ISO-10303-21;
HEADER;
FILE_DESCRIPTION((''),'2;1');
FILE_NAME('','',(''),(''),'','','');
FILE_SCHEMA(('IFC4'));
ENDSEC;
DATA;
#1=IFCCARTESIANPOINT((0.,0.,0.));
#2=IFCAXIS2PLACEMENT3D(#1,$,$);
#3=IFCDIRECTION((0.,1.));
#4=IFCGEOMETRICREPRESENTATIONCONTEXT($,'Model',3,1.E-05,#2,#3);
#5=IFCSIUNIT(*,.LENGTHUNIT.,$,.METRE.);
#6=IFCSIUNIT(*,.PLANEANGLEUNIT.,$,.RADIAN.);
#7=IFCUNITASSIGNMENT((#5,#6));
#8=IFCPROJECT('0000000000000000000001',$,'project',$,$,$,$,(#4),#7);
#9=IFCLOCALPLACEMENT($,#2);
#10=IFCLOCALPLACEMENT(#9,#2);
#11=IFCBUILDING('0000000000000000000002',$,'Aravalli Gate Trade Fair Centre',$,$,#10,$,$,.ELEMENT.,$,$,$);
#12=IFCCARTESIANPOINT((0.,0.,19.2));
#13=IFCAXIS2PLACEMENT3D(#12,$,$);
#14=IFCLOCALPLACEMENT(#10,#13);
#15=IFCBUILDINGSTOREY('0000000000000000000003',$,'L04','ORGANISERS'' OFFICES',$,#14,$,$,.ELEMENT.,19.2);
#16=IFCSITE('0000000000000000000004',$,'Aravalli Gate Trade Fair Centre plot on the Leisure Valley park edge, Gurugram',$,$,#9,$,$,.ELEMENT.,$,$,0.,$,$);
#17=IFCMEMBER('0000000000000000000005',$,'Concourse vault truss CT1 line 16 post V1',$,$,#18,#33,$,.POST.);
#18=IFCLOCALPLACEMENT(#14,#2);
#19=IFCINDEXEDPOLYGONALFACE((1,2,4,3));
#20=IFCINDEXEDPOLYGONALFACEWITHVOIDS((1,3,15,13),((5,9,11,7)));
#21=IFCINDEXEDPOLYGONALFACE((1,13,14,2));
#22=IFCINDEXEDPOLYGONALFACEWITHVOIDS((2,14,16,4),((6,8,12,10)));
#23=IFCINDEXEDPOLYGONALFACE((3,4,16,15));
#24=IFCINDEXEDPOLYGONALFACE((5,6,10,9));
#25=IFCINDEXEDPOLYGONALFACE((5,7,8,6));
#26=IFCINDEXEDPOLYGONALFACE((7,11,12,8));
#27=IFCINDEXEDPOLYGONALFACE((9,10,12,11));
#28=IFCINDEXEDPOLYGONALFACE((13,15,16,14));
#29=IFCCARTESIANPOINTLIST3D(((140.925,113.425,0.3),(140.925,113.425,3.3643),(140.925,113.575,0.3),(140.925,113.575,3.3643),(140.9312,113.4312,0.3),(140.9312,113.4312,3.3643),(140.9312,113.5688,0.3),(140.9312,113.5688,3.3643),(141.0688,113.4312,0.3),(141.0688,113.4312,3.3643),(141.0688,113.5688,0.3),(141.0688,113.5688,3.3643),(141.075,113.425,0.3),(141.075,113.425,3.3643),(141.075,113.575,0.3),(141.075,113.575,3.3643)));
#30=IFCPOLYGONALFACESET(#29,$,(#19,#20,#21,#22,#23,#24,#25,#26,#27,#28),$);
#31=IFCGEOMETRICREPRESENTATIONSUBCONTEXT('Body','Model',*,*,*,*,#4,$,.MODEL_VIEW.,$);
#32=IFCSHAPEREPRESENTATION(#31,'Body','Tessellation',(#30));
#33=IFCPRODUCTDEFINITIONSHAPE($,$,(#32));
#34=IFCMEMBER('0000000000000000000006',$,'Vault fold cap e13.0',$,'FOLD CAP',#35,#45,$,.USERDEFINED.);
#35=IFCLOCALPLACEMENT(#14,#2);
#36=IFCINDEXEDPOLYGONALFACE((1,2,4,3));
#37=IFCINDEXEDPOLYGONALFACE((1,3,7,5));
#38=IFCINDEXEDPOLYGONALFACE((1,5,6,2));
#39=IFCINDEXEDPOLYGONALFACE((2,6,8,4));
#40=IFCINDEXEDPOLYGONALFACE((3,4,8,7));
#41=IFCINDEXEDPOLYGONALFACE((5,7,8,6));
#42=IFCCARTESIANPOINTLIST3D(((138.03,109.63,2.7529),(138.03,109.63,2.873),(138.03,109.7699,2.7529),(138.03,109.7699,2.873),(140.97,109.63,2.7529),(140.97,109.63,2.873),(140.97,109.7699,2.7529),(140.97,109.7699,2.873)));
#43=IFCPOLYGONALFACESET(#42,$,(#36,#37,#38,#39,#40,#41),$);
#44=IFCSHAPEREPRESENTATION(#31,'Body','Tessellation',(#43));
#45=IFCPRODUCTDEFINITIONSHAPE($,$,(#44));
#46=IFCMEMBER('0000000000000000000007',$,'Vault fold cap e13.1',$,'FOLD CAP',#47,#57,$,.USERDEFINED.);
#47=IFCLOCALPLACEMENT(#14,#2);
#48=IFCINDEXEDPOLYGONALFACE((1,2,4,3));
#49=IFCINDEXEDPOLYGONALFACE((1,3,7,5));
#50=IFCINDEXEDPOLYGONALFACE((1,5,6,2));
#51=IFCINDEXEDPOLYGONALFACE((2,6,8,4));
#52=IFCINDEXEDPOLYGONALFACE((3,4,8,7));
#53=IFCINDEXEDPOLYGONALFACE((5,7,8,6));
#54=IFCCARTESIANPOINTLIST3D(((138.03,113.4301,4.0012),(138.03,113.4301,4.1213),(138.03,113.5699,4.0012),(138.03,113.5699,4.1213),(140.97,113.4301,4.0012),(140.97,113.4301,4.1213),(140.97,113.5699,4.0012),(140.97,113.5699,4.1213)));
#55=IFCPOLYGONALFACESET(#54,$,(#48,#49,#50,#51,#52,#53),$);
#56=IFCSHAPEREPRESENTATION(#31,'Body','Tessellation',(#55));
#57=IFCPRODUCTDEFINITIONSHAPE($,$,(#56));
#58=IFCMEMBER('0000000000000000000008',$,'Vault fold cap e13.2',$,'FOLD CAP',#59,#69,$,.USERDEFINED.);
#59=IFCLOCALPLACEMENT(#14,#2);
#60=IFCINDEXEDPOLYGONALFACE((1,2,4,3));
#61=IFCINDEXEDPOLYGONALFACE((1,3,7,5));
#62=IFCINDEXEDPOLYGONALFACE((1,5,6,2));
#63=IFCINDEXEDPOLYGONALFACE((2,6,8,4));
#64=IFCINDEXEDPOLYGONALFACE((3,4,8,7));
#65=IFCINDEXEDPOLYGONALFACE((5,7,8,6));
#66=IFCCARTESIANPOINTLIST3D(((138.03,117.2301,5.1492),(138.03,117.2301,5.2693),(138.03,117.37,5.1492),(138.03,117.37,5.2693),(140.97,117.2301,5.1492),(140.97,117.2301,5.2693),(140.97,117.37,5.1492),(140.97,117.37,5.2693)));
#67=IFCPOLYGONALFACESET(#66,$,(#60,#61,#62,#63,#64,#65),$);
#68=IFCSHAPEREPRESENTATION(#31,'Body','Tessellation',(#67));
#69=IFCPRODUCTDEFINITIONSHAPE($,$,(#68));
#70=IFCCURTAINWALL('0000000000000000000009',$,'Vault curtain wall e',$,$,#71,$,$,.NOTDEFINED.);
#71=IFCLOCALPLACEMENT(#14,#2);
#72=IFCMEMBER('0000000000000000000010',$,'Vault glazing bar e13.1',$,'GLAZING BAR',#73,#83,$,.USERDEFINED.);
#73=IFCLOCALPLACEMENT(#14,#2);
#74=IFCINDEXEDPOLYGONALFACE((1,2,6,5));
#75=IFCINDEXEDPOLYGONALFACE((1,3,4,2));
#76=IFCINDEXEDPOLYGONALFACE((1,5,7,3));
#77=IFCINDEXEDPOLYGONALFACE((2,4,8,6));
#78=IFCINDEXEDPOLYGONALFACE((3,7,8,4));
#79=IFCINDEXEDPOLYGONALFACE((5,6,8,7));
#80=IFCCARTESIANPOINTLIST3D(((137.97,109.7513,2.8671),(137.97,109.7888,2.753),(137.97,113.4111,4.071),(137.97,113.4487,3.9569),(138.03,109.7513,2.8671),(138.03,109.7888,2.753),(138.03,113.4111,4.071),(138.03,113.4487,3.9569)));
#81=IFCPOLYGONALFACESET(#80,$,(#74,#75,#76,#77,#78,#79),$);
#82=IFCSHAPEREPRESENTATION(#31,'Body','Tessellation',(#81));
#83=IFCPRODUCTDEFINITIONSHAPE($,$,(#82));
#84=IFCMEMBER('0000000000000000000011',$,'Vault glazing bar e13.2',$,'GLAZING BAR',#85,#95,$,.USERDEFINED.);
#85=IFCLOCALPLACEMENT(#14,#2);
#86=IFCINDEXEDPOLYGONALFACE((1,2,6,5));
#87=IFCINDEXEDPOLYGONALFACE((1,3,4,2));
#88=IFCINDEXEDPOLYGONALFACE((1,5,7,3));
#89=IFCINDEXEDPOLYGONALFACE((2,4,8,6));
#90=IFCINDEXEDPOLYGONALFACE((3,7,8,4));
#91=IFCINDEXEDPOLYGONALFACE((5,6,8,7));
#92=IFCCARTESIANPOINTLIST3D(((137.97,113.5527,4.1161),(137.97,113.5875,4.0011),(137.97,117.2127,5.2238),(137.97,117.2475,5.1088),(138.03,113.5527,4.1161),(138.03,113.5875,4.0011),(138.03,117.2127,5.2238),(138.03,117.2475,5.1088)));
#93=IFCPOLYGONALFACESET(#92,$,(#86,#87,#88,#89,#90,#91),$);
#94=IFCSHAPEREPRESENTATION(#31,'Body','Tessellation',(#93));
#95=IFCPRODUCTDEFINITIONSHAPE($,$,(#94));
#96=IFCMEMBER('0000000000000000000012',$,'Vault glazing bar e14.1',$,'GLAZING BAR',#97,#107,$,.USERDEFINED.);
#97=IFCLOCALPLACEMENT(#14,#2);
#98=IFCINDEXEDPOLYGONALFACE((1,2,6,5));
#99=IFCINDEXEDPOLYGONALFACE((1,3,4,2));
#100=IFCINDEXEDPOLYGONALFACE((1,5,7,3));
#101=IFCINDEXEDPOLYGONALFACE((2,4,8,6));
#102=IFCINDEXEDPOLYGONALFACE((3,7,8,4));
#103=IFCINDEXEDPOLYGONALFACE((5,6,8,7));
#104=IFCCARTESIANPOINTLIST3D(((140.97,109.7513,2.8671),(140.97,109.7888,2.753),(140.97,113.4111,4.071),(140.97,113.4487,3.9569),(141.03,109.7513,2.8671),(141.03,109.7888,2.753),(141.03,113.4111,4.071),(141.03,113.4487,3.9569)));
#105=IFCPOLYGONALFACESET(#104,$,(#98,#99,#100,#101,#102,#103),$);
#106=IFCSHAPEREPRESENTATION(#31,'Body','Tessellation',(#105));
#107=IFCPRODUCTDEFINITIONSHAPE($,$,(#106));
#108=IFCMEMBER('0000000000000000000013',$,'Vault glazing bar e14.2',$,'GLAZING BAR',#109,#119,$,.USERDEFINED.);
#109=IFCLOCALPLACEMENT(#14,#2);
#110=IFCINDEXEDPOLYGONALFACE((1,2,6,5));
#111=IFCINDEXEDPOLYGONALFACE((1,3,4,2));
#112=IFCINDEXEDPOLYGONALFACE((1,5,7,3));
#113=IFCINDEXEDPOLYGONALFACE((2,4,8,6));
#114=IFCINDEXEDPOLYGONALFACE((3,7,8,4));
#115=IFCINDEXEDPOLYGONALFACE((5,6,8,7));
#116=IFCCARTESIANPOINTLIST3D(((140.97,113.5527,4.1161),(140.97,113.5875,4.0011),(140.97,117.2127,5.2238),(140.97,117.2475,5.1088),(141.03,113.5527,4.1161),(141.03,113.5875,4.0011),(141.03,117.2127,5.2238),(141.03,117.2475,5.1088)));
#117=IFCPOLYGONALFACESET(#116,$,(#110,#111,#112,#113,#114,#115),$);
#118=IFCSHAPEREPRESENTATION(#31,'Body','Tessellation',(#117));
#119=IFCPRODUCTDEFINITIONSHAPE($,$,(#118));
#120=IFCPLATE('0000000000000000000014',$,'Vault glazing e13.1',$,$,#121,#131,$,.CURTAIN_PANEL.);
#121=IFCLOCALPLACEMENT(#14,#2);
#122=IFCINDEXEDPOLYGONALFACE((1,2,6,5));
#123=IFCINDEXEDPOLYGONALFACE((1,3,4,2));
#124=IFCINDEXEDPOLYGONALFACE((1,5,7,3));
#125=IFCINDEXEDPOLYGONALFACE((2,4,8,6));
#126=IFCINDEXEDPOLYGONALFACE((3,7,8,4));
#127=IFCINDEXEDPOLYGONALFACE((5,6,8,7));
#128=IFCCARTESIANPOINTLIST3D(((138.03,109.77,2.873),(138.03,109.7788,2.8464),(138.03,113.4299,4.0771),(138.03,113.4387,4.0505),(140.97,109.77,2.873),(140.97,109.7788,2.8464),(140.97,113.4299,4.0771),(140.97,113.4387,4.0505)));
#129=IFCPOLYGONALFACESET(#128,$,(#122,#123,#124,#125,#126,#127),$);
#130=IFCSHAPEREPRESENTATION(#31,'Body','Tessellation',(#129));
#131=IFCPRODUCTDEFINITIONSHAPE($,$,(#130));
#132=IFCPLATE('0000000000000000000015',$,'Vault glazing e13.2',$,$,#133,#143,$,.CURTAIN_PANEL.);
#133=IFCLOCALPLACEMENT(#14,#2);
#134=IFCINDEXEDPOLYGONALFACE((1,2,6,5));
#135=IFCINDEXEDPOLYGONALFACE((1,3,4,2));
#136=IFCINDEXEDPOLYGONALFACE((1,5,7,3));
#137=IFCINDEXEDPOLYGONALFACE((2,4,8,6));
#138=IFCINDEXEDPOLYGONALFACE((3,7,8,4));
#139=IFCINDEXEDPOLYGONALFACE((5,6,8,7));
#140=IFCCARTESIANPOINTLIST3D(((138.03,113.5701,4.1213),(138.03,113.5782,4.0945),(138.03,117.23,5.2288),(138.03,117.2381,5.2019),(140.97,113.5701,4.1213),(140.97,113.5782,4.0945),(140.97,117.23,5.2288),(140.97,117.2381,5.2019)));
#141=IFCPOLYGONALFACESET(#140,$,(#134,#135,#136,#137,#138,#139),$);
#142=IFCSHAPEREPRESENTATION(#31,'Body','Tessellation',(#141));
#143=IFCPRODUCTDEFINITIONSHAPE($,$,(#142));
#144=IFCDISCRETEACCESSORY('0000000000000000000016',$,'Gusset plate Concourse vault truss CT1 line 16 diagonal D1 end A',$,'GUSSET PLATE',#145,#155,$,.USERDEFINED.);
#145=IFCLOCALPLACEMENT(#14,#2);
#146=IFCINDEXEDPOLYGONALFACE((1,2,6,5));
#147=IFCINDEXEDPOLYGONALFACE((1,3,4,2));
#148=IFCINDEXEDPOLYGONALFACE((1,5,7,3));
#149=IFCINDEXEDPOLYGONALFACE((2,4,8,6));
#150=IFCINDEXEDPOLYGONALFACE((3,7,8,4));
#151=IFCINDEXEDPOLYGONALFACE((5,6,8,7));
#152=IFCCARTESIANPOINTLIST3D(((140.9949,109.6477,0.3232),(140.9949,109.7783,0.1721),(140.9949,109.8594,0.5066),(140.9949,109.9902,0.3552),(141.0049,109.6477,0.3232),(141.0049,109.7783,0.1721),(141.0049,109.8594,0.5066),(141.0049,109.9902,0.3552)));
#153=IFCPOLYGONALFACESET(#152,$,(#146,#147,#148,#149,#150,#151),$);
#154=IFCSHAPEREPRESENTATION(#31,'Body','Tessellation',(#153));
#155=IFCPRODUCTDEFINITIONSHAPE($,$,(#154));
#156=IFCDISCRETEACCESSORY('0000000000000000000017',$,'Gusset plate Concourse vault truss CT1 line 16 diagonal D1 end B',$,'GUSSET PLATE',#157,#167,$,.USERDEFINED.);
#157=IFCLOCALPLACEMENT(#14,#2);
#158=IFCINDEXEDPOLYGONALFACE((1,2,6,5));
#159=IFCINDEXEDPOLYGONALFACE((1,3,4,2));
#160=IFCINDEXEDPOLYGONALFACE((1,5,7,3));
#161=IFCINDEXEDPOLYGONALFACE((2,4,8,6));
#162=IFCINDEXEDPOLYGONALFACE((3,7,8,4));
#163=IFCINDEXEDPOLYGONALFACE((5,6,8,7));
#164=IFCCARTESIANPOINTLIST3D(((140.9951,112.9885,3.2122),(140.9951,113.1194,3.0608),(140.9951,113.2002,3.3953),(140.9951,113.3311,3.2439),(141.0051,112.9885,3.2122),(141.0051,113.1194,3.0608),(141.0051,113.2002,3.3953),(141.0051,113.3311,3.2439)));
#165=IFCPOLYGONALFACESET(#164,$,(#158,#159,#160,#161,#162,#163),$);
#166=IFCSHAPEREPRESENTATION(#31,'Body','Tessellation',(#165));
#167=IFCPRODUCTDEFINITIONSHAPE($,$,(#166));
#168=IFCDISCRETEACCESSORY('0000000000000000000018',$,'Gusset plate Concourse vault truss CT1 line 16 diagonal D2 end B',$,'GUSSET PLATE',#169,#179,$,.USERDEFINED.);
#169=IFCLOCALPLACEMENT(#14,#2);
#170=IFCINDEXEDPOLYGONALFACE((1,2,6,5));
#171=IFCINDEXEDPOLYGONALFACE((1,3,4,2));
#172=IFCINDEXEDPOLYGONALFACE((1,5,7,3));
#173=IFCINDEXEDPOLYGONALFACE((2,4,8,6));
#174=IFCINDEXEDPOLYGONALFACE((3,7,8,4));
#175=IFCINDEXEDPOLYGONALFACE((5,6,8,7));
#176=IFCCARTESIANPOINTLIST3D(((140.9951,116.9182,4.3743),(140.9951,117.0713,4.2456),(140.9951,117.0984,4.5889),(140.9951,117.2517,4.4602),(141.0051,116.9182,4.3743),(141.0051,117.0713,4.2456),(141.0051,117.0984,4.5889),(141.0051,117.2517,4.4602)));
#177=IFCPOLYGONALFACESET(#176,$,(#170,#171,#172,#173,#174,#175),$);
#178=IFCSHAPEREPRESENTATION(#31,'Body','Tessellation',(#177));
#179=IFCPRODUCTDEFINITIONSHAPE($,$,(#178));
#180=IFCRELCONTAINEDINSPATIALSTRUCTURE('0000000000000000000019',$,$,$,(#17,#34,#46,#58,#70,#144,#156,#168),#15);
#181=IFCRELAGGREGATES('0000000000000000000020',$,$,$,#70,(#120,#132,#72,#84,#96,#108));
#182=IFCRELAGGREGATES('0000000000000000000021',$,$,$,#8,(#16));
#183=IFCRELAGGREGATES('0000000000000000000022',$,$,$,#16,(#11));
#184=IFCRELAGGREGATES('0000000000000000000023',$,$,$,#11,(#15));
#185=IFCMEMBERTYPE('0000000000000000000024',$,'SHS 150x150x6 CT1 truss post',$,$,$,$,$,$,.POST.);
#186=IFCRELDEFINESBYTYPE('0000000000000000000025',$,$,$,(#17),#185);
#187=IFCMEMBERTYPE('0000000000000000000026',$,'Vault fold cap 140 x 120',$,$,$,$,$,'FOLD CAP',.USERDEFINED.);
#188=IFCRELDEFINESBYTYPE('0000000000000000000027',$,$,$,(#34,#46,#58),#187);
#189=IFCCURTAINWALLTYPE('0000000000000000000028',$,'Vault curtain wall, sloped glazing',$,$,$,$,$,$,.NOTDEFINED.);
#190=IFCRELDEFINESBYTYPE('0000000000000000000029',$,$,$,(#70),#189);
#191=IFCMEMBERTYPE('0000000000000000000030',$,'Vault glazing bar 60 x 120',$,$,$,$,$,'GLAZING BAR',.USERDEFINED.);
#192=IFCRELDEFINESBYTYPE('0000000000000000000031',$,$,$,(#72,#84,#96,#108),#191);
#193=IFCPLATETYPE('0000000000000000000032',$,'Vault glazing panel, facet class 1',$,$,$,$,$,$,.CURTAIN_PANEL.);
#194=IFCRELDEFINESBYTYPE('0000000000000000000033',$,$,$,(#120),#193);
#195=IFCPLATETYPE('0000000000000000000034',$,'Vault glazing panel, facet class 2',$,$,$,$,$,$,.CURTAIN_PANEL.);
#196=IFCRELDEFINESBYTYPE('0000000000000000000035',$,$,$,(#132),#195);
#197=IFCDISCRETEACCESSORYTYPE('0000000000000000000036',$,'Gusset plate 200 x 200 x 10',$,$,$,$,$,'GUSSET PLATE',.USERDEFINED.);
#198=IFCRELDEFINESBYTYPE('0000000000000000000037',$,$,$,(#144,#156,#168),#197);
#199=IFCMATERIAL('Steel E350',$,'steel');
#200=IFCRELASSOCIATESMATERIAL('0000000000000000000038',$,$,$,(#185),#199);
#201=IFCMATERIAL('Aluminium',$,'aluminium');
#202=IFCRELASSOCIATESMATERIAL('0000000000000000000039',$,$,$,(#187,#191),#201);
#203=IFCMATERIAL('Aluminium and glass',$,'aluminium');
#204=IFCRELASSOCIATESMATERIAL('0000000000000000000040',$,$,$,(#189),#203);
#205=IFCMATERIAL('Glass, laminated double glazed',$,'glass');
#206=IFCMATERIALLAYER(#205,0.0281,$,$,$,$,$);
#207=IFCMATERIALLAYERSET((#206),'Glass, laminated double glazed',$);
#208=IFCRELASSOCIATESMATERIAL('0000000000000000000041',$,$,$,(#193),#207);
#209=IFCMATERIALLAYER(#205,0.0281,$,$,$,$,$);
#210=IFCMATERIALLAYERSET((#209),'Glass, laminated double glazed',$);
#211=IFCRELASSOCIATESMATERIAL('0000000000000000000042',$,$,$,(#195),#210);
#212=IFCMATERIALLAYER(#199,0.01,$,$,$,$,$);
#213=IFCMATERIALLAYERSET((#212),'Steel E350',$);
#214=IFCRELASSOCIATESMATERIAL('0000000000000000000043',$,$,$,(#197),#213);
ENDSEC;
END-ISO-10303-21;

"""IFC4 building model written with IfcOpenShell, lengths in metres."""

from ifc_helpers import new_model, si_unit, direction, frame, origin, origin_2d, place, context, subcontext, project, spatial, polyline, rectangle, hollow_rectangle, outline, extrude, material, layer, layer_set, material_profile, profile_set, type_object, element, aggregate, save


model = new_model("IFC4")

# Units and contexts
model_context = context("Model", 3, precision=1e-05, world=origin(), true_north=direction((0.0, 1.0)))
body_context = subcontext(model_context, "Body", "Model", "MODEL_VIEW")
ifc_project = project(units=[si_unit("LENGTHUNIT", "METRE"), si_unit("PLANEANGLEUNIT", "RADIAN")], contexts=[model_context])

# Site, building, storey
site_placement = place(None, origin())
site = spatial("IfcSite", under=ifc_project, at=site_placement, Name="Aravalli Gate Trade Fair Centre plot on the Leisure Valley park edge, Gurugram", CompositionType="ELEMENT", RefElevation=0.0)
building_placement = place(site_placement, origin())
building = spatial("IfcBuilding", under=site, at=building_placement, Name="Aravalli Gate Trade Fair Centre", CompositionType="ELEMENT")
storey_placement = place(building_placement, frame((0.0, 0.0, 19.2)))
storey = spatial("IfcBuildingStorey", under=building, at=storey_placement, Name="L04", Description="ORGANISERS' OFFICES", CompositionType="ELEMENT", Elevation=19.2)

# Members
ifc_material_1 = material(Name="Steel E350", Category="steel")
ifc_material_profile_1 = material_profile(ifc_material_1, hollow_rectangle(XDim=0.1499, YDim=0.1499, WallThickness=0.0061, at=origin_2d()), Name="SHS 150x150x6")
ifc_profile_set_1 = profile_set([ifc_material_profile_1], Name="Steel E350")
member_type_1 = type_object("IfcMemberType", Name="SHS 150x150x6 CT1 truss post", PredefinedType="POST", material=ifc_profile_set_1)
member_1_placement = place(storey_placement, frame((141.0, 113.5, 0.3), z_axis=(0.0, 0.0, 1.0), x_axis=(1.0, 0.0, 0.0)))
element("IfcMember", 1, at=member_1_placement, inside=storey, type_object=member_type_1, Name="Concourse vault truss CT1 line 16 post V1", PredefinedType="POST", context=body_context, shape_type="SweptSolid", body=[
    extrude(hollow_rectangle(XDim=0.1499, YDim=0.1499, WallThickness=0.0061, at=origin_2d()), origin(), (0.0, 0.0, 1.0), 3.0642),
])
ifc_material_2 = material(Name="Aluminium", Category="aluminium")
ifc_material_profile_2 = material_profile(ifc_material_2, rectangle(XDim=0.1399, YDim=0.1201, at=origin_2d()), Name="Vault fold cap 140 x 120")
ifc_profile_set_2 = profile_set([ifc_material_profile_2], Name="Aluminium")
member_type_2 = type_object("IfcMemberType", Name="Vault fold cap 140 x 120", ElementType="FOLD CAP", PredefinedType="USERDEFINED", material=ifc_profile_set_2)
for number, where, z_axis, x_axis, name in (
    (2, (138.03, 109.7, 2.813), (1.0, 0.0, 0.0), (0.0, 1.0, 0.0), "Vault fold cap e13.0"),
    (3, (138.03, 113.5, 4.0613), (1.0, 0.0, 0.0), (0.0, 1.0, 0.0), "Vault fold cap e13.1"),
    (4, (138.03, 117.3, 5.2092), (1.0, 0.0, 0.0), (0.0, 1.0, 0.0), "Vault fold cap e13.2"),
):
    element("IfcMember", number, at=place(storey_placement, frame(where, z_axis=z_axis, x_axis=x_axis)), inside=storey, type_object=member_type_2, Name=name, ObjectType="FOLD CAP", PredefinedType="USERDEFINED", context=body_context, shape_type="SweptSolid", body=[
        extrude(rectangle(XDim=0.1399, YDim=0.1201, at=origin_2d()), origin(), (0.0, 0.0, 1.0), 2.9399),
    ])

# Curtain wall, members, plates
ifc_material_3 = material(Name="Aluminium and glass", Category="aluminium")
curtain_wall_type = type_object("IfcCurtainWallType", Name="Vault curtain wall, sloped glazing", PredefinedType="NOTDEFINED", material=ifc_material_3)
curtain_wall_placement = place(storey_placement, origin())
curtain_wall = element("IfcCurtainWall", 5, at=curtain_wall_placement, inside=storey, type_object=curtain_wall_type, Name="Vault curtain wall e", PredefinedType="NOTDEFINED")
ifc_material_profile_3 = material_profile(ifc_material_2, rectangle(XDim=0.0601, YDim=0.1201, at=origin_2d()), Name="Vault glazing bar 60 x 120")
ifc_profile_set_3 = profile_set([ifc_material_profile_3], Name="Aluminium")
member_type_3 = type_object("IfcMemberType", Name="Vault glazing bar 60 x 120", ElementType="GLAZING BAR", PredefinedType="USERDEFINED", material=ifc_profile_set_3)
member_2_placement = place(storey_placement, frame((138.0, 109.77, 2.8101), z_axis=(0.0, 0.94993, 0.312461), x_axis=(-1.0, 0.0, 0.0)))
member_2 = element("IfcMember", 6, at=member_2_placement, type_object=member_type_3, Name="Vault glazing bar e13.1", ObjectType="GLAZING BAR", PredefinedType="USERDEFINED", context=body_context, shape_type="SweptSolid", body=[
    extrude(rectangle(XDim=0.0601, YDim=0.1201, at=origin_2d()), origin(), (0.0, 0.0, 1.0), 3.8528),
])
member_3_placement = place(storey_placement, frame((138.0, 113.5701, 4.0586), z_axis=(0.0, 0.957126, 0.289672), x_axis=(-1.0, 0.0, 0.0)))
member_3 = element("IfcMember", 7, at=member_3_placement, type_object=member_type_3, Name="Vault glazing bar e13.2", ObjectType="GLAZING BAR", PredefinedType="USERDEFINED", context=body_context, shape_type="SweptSolid", body=[
    extrude(rectangle(XDim=0.0601, YDim=0.1201, at=origin_2d()), origin(), (0.0, 0.0, 1.0), 3.824),
])
member_4_placement = place(storey_placement, frame((141.0, 109.77, 2.8101), z_axis=(0.0, 0.94993, 0.312461), x_axis=(-1.0, 0.0, 0.0)))
member_4 = element("IfcMember", 8, at=member_4_placement, type_object=member_type_3, Name="Vault glazing bar e14.1", ObjectType="GLAZING BAR", PredefinedType="USERDEFINED", context=body_context, shape_type="SweptSolid", body=[
    extrude(rectangle(XDim=0.0601, YDim=0.1201, at=origin_2d()), origin(), (0.0, 0.0, 1.0), 3.8528),
])
member_5_placement = place(storey_placement, frame((141.0, 113.5701, 4.0586), z_axis=(0.0, 0.957126, 0.289672), x_axis=(-1.0, 0.0, 0.0)))
member_5 = element("IfcMember", 9, at=member_5_placement, type_object=member_type_3, Name="Vault glazing bar e14.2", ObjectType="GLAZING BAR", PredefinedType="USERDEFINED", context=body_context, shape_type="SweptSolid", body=[
    extrude(rectangle(XDim=0.0601, YDim=0.1201, at=origin_2d()), origin(), (0.0, 0.0, 1.0), 3.824),
])
ifc_material_4 = material(Name="Glass, laminated double glazed", Category="glass")
ifc_layer_1 = layer(ifc_material_4, 0.0281)
ifc_layer_set_1 = layer_set([ifc_layer_1], Name="Glass, laminated double glazed")
plate_type_1 = type_object("IfcPlateType", Name="Vault glazing panel, facet class 1", PredefinedType="CURTAIN_PANEL", material=ifc_layer_set_1)
plate_1_placement = place(storey_placement, frame((138.03, 109.77, 2.873), z_axis=(0.0, -0.312518, 0.949912), x_axis=(1.0, 0.0, 0.0)))
plate_1 = element("IfcPlate", 10, at=plate_1_placement, type_object=plate_type_1, Name="Vault glazing e13.1", PredefinedType="CURTAIN_PANEL", context=body_context, shape_type="SweptSolid", body=[
    extrude(outline(polyline([(0.0, 0.0), (2.9399, 0.0), (2.9399, 3.8529), (0.0, 3.8529), (0.0, 0.0)])), origin(), (0.0, 0.0, -1.0), 0.0281),
])
ifc_layer_2 = layer(ifc_material_4, 0.0281)
ifc_layer_set_2 = layer_set([ifc_layer_2], Name="Glass, laminated double glazed")
plate_type_2 = type_object("IfcPlateType", Name="Vault glazing panel, facet class 2", PredefinedType="CURTAIN_PANEL", material=ifc_layer_set_2)
plate_2_placement = place(storey_placement, frame((138.03, 113.5701, 4.1213), z_axis=(0.0, -0.289614, 0.957144), x_axis=(1.0, 0.0, 0.0)))
plate_2 = element("IfcPlate", 11, at=plate_2_placement, type_object=plate_type_2, Name="Vault glazing e13.2", PredefinedType="CURTAIN_PANEL", context=body_context, shape_type="SweptSolid", body=[
    extrude(outline(polyline([(0.0, 0.0), (2.9399, 0.0), (2.9399, 3.8238), (0.0, 3.8238), (0.0, 0.0)])), origin(), (0.0, 0.0, -1.0), 0.0281),
])
aggregate(curtain_wall, [plate_1, plate_2, member_2, member_3, member_4, member_5])

# Discrete accessories
ifc_layer_3 = layer(ifc_material_1, 0.01)
ifc_layer_set_3 = layer_set([ifc_layer_3], Name="Steel E350")
discrete_accessory_type = type_object("IfcDiscreteAccessoryType", Name="Gusset plate 200 x 200 x 10", ElementType="GUSSET PLATE", PredefinedType="USERDEFINED", material=ifc_layer_set_3)
discrete_accessory_1_placement = place(storey_placement, frame((141.0049, 109.8594, 0.5066), z_axis=(1.0, 0.0, 0.0), x_axis=(0.0, -0.755862, -0.654731)))
element("IfcDiscreteAccessory", 12, at=discrete_accessory_1_placement, inside=storey, type_object=discrete_accessory_type, Name="Gusset plate Concourse vault truss CT1 line 16 diagonal D1 end A", ObjectType="GUSSET PLATE", PredefinedType="USERDEFINED", context=body_context, shape_type="SweptSolid", body=[
    extrude(outline(polyline([(0.0, 0.0), (0.28, 0.0), (0.2803, 0.1997), (0.0002, 0.2001), (0.0, 0.0)])), origin(), (0.0, 0.0, -1.0), 0.01),
])
discrete_accessory_2_placement = place(storey_placement, frame((140.9951, 112.9885, 3.2122), z_axis=(-1.0, 0.0, 0.0), x_axis=(0.0, 0.756293, 0.654233)))
element("IfcDiscreteAccessory", 13, at=discrete_accessory_2_placement, inside=storey, type_object=discrete_accessory_type, Name="Gusset plate Concourse vault truss CT1 line 16 diagonal D1 end B", ObjectType="GUSSET PLATE", PredefinedType="USERDEFINED", context=body_context, shape_type="SweptSolid", body=[
    extrude(outline(polyline([(0.0, 0.0), (0.2799, 0.0), (0.2798, 0.2001), (-0.0001, 0.2001), (0.0, 0.0)])), origin(), (0.0, 0.0, -1.0), 0.01),
])
discrete_accessory_3_placement = place(storey_placement, frame((140.9951, 116.9182, 4.3743), z_axis=(-1.0, 0.0, 0.0), x_axis=(0.0, 0.643008, 0.765859)))
element("IfcDiscreteAccessory", 14, at=discrete_accessory_3_placement, inside=storey, type_object=discrete_accessory_type, Name="Gusset plate Concourse vault truss CT1 line 16 diagonal D2 end B", ObjectType="GUSSET PLATE", PredefinedType="USERDEFINED", context=body_context, shape_type="SweptSolid", body=[
    extrude(outline(polyline([(0.0, 0.0), (0.2802, 0.0), (0.2803, 0.2002), (-0.0001, 0.2), (0.0, 0.0)])), origin(), (0.0, 0.0, -1.0), 0.01),
])

save(model, "model.ifc")
